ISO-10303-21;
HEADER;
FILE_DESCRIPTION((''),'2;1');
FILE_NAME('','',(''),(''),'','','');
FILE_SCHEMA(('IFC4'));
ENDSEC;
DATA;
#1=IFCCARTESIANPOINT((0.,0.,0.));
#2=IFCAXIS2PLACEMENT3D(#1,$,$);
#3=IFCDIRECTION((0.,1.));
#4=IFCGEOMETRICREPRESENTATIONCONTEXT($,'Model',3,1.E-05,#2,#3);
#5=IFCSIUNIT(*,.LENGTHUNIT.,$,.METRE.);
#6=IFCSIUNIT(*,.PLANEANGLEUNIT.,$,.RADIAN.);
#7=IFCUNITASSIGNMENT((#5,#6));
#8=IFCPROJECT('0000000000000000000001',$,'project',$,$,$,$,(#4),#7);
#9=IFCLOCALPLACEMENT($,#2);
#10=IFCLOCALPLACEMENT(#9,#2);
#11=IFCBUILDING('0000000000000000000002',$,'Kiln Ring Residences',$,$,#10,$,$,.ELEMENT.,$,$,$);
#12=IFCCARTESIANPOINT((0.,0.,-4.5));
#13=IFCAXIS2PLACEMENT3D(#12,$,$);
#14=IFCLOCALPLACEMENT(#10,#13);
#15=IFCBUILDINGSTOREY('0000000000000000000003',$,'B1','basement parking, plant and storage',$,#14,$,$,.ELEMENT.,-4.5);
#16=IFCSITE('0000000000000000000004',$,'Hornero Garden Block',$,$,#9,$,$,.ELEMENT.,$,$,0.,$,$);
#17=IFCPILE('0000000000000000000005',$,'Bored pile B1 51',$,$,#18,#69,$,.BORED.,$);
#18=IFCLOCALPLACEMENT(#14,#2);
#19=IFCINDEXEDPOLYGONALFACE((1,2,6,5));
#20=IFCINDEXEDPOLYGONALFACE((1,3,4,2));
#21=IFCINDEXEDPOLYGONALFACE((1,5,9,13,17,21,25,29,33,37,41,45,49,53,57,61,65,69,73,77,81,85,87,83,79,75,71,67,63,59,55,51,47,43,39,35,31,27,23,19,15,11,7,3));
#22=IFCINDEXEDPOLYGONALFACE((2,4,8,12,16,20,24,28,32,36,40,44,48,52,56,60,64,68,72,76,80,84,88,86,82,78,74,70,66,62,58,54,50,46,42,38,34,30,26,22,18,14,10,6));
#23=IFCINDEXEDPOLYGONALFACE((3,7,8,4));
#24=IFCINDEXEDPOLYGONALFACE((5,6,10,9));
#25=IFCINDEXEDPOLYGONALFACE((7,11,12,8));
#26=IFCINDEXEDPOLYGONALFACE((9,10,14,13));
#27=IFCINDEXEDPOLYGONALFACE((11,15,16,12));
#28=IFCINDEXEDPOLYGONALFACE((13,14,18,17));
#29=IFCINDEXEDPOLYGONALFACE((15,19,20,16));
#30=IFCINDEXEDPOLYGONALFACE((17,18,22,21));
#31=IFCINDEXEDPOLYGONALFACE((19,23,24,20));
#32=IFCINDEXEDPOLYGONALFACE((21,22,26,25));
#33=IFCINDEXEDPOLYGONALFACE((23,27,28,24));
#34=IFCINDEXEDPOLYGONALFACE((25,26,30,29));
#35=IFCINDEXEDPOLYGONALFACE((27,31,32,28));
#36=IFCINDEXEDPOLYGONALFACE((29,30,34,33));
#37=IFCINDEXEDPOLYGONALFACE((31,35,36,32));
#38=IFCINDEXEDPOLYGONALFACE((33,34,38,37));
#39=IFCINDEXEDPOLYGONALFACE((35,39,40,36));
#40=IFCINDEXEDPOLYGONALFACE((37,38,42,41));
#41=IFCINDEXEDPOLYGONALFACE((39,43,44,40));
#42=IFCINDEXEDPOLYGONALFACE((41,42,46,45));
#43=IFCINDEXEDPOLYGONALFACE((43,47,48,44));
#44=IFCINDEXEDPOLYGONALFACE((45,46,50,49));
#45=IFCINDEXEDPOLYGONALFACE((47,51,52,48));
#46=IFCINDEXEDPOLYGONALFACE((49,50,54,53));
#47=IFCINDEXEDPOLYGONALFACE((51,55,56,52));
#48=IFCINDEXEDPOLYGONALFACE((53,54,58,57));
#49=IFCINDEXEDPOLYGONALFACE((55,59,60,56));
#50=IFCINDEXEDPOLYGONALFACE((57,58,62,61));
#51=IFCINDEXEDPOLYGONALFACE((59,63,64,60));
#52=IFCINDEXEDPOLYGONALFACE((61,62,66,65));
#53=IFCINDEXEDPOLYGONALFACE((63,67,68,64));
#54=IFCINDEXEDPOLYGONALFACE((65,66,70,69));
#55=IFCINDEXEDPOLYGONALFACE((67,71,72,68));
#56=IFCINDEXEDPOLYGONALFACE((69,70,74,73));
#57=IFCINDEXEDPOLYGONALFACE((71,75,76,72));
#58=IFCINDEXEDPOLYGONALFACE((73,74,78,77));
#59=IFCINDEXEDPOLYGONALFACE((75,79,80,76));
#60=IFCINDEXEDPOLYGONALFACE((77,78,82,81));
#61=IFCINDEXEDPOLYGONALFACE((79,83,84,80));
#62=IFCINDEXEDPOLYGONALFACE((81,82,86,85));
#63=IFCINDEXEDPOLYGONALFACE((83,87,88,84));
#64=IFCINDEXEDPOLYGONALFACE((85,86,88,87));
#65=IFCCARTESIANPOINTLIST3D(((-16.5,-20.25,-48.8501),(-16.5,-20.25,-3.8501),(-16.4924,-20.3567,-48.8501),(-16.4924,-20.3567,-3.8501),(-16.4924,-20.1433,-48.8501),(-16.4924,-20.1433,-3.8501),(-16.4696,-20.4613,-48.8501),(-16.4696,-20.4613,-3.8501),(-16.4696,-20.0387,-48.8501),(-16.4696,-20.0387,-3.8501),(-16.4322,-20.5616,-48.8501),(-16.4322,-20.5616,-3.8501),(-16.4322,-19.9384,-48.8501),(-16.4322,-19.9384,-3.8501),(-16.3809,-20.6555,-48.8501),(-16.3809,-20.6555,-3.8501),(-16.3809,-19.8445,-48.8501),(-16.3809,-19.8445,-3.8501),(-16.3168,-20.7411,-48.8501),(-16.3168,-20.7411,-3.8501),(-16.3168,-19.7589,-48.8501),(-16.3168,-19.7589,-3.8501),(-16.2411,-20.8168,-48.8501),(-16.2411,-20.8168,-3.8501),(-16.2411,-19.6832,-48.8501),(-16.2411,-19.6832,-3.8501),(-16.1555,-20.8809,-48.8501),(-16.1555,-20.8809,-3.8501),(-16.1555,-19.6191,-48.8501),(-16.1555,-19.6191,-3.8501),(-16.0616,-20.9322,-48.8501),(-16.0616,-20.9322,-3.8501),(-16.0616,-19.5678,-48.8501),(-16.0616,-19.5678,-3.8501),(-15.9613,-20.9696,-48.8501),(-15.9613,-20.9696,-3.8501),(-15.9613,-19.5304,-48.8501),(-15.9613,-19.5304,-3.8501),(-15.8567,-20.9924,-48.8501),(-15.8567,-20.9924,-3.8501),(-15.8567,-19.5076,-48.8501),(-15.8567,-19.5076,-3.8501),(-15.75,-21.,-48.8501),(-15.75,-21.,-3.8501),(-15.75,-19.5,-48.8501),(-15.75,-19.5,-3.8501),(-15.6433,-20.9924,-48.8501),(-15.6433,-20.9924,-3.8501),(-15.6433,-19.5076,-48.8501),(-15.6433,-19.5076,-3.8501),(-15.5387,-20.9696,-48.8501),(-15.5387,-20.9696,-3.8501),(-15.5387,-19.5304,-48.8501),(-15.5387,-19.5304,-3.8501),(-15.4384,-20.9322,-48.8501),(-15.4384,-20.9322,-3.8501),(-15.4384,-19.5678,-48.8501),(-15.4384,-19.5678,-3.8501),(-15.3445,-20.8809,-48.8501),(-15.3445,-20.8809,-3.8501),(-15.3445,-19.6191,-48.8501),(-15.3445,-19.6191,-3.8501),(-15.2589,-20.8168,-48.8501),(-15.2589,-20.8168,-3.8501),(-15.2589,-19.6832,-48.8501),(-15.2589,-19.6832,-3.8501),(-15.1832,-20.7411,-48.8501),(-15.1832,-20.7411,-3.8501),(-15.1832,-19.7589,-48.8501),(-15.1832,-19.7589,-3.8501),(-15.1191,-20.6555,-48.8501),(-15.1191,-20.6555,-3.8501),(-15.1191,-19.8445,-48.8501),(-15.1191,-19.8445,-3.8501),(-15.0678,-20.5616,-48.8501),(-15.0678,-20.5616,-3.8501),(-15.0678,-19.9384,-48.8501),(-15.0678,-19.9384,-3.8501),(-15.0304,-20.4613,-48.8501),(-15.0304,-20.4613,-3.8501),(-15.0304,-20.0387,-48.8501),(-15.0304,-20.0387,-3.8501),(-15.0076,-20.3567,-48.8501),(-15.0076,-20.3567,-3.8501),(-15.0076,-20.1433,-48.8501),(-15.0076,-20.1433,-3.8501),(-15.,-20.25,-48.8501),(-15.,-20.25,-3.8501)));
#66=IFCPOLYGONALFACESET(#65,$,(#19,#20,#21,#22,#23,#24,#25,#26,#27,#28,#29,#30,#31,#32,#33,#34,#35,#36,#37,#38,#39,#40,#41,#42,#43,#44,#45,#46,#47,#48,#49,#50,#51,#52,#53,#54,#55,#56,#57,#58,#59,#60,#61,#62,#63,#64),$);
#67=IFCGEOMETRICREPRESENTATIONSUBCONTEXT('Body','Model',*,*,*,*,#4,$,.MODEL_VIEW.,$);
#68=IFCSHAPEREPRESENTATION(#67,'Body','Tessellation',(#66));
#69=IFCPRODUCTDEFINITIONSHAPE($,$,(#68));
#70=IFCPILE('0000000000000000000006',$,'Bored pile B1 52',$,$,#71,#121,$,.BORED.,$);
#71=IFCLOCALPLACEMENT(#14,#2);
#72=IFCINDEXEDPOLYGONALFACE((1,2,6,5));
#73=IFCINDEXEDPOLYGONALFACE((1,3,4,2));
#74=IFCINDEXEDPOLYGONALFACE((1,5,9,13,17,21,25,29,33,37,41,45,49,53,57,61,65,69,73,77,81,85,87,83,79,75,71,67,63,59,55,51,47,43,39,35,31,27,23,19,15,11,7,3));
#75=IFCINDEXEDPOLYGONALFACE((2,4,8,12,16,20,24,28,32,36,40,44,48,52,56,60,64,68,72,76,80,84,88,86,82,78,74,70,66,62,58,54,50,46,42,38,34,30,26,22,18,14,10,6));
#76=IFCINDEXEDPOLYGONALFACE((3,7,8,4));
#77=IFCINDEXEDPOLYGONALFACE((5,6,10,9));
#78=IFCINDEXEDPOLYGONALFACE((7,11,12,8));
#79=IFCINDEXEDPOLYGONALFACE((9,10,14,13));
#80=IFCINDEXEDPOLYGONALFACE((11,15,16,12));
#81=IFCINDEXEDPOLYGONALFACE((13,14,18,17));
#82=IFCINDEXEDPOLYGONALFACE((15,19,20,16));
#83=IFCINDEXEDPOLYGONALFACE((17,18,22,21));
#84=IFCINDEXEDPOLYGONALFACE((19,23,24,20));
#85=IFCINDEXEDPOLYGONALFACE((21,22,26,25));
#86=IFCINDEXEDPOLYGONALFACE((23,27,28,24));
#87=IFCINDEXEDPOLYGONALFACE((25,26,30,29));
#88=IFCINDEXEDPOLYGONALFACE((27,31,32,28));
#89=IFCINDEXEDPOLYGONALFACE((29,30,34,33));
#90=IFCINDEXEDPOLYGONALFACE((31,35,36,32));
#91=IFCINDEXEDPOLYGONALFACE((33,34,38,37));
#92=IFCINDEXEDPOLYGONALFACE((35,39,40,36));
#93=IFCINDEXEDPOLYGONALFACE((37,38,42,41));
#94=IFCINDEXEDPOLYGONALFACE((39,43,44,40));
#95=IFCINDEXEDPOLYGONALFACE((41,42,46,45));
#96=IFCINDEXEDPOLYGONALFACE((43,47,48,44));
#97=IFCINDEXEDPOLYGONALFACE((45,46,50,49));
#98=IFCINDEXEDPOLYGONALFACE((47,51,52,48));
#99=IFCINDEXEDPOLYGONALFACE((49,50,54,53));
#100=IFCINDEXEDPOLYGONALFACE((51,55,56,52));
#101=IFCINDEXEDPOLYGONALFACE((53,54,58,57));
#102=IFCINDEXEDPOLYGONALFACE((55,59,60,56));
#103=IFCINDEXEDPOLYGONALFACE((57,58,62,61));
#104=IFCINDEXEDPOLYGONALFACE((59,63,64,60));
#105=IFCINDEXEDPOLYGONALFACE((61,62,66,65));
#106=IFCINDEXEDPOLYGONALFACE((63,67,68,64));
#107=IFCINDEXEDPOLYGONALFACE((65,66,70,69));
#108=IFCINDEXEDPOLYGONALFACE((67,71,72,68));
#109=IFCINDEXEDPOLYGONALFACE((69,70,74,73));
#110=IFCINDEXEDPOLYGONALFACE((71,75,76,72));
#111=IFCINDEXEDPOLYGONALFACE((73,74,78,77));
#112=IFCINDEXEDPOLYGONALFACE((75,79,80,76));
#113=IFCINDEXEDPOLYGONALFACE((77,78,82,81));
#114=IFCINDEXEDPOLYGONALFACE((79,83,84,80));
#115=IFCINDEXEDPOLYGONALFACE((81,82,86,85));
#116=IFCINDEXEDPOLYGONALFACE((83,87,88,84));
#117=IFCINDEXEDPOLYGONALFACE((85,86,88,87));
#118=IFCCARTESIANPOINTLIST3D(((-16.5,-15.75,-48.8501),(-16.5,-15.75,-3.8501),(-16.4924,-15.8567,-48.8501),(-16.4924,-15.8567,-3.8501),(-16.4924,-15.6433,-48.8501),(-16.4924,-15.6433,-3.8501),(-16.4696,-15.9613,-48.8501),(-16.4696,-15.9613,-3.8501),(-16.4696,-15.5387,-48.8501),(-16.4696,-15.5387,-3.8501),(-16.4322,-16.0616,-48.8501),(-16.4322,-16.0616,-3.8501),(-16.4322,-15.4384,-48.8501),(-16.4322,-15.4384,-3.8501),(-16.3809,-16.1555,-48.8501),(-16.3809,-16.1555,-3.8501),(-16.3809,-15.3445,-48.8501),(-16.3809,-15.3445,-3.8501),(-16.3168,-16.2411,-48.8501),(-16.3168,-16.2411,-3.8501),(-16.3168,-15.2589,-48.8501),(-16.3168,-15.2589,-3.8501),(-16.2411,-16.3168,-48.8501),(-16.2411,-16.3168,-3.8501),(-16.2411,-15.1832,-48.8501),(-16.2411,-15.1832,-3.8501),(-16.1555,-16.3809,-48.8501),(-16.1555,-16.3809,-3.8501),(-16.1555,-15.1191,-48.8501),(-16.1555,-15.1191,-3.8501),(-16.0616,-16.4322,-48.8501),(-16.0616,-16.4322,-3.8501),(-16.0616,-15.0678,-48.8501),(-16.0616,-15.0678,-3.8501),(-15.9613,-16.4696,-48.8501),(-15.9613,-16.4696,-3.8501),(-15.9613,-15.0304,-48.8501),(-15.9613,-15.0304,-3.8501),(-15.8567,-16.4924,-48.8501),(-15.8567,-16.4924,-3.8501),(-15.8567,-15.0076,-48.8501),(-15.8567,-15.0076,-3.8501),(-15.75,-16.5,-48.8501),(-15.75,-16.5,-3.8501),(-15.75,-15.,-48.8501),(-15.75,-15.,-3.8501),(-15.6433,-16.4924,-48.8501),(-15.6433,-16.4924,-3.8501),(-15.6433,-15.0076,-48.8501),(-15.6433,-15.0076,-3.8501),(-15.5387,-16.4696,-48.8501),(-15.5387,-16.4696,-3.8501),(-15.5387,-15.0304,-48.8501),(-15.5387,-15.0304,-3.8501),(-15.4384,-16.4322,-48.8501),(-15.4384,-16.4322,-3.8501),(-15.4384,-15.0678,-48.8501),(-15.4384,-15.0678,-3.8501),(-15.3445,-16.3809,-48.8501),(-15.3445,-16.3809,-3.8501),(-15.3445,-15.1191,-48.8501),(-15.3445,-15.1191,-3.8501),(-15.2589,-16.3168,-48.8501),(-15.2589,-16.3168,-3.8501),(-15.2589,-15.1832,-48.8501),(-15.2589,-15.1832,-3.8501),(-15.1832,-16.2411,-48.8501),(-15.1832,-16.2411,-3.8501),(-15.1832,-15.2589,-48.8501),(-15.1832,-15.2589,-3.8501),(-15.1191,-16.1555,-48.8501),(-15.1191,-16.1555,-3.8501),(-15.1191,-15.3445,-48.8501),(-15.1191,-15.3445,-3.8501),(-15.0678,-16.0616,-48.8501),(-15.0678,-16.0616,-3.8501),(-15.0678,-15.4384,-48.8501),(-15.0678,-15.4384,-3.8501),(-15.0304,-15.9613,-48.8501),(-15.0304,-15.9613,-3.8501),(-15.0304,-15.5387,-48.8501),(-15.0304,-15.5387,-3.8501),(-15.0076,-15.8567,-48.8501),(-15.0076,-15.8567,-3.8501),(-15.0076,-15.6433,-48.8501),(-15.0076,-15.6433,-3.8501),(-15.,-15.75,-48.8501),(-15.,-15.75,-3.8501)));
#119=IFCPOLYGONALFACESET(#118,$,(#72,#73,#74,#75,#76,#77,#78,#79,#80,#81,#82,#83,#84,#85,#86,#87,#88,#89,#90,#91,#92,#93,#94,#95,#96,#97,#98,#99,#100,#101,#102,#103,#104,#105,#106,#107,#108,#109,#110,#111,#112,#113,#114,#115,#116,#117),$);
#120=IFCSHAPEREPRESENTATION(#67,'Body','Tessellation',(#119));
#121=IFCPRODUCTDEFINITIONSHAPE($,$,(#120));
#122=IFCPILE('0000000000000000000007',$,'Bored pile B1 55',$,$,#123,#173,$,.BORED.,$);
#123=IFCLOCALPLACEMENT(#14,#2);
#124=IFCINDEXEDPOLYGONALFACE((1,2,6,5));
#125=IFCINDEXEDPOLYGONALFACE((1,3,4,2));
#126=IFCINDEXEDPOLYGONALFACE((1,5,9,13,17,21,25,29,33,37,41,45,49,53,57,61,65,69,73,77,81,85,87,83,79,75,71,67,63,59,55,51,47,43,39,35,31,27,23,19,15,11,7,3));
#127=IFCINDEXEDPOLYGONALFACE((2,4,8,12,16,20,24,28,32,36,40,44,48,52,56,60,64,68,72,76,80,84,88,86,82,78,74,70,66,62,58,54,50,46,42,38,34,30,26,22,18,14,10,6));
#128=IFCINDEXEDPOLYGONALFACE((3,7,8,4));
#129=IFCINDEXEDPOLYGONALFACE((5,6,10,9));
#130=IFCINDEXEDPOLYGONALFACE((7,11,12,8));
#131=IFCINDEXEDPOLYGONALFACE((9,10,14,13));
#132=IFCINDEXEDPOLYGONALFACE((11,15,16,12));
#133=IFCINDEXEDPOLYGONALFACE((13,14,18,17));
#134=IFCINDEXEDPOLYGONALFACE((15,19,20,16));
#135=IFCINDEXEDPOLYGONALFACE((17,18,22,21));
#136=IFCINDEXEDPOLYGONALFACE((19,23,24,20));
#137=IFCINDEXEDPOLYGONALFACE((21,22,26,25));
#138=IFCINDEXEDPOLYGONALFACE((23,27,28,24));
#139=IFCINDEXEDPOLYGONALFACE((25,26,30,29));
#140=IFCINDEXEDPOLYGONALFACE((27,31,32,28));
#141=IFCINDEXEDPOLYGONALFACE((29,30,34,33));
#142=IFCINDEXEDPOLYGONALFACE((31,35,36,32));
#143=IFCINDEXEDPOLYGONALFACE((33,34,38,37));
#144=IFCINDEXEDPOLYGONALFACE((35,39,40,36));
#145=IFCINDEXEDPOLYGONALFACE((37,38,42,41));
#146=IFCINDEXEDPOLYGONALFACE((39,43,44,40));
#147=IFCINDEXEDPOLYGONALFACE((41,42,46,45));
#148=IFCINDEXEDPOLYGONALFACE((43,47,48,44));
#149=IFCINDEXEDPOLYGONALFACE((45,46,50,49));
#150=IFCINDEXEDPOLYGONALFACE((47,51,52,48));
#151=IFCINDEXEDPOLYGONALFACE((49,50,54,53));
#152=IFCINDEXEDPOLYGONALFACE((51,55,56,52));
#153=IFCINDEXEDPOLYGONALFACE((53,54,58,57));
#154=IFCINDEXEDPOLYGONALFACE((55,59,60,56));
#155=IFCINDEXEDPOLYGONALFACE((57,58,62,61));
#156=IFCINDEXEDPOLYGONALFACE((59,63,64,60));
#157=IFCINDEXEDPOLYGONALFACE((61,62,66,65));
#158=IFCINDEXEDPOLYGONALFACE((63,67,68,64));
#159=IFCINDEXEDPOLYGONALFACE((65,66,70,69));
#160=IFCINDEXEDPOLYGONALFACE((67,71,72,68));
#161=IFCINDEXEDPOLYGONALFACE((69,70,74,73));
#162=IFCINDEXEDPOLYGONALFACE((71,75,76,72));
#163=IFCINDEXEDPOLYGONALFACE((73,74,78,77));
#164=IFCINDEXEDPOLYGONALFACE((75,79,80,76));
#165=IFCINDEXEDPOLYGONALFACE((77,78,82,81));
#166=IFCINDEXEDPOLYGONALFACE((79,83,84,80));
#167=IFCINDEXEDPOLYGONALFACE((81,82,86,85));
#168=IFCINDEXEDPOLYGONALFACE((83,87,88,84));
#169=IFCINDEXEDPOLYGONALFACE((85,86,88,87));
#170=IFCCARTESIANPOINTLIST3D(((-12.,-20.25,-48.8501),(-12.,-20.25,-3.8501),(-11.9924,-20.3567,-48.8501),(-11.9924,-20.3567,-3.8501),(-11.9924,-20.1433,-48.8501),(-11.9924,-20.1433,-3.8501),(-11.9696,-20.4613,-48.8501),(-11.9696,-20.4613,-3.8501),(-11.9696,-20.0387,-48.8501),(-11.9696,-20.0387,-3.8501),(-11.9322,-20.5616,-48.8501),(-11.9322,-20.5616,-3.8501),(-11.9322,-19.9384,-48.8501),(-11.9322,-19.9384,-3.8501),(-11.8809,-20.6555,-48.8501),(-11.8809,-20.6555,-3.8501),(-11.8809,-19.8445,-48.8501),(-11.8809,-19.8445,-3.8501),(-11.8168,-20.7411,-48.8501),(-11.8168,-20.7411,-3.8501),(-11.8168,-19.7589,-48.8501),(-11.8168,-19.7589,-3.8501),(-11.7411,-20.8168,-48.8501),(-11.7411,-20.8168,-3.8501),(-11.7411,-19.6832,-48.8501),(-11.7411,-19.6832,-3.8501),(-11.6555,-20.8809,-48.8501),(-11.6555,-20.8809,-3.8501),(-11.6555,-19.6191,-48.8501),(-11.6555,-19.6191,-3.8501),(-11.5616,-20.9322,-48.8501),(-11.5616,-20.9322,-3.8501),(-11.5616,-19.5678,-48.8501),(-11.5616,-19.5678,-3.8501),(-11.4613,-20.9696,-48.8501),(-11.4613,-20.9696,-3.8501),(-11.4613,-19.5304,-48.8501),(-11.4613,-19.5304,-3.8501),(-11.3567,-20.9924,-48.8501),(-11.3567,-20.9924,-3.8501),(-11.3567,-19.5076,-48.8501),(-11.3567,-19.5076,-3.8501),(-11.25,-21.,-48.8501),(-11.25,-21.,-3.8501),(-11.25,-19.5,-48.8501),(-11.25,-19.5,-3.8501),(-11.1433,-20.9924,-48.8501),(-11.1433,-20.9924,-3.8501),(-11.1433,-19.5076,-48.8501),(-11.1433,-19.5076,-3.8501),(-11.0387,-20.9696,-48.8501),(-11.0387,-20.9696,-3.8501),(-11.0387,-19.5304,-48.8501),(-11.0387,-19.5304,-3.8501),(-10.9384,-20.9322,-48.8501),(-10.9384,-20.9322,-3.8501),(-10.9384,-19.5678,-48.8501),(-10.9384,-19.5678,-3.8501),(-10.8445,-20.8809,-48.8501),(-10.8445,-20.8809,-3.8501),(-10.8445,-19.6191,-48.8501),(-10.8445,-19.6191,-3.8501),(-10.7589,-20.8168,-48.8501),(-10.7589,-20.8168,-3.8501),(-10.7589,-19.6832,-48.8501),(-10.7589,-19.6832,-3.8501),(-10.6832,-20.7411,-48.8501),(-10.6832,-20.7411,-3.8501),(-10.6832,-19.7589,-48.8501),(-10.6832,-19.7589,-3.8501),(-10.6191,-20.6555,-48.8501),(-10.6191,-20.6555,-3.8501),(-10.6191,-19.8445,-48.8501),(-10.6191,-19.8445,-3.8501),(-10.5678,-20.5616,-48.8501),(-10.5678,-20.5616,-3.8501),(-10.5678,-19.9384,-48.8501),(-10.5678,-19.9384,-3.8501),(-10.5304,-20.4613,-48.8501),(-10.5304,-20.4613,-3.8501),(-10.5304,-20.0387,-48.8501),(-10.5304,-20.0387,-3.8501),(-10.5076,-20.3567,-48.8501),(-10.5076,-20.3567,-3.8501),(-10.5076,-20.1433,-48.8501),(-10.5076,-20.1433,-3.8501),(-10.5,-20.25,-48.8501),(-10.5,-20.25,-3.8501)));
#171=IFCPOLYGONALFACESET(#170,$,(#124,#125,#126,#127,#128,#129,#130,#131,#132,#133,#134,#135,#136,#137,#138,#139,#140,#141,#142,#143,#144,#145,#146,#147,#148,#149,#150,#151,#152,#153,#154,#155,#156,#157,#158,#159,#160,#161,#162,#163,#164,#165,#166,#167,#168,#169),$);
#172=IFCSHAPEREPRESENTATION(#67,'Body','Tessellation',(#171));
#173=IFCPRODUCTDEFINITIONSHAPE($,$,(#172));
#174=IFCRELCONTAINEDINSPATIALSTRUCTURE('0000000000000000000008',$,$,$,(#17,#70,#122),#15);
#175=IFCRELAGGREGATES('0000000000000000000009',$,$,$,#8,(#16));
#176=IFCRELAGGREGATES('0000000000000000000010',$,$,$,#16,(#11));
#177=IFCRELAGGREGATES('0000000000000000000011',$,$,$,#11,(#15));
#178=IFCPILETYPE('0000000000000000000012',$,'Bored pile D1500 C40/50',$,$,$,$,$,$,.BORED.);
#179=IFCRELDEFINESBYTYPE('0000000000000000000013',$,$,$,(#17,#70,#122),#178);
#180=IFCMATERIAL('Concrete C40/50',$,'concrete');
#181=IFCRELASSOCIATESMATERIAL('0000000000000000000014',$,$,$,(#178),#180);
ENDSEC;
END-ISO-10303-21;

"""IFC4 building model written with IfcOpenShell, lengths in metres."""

from ifc_helpers import new_model, si_unit, direction, frame, origin, origin_2d, place, context, subcontext, project, spatial, circle, extrude, material, material_profile, profile_set, type_object, element, save


model = new_model("IFC4")

# Units and contexts
model_context = context("Model", 3, precision=1e-05, world=origin(), true_north=direction((0.0, 1.0)))
body_context = subcontext(model_context, "Body", "Model", "MODEL_VIEW")
ifc_project = project(units=[si_unit("LENGTHUNIT", "METRE"), si_unit("PLANEANGLEUNIT", "RADIAN")], contexts=[model_context])

# Site, building, storey
site_placement = place(None, origin())
site = spatial("IfcSite", under=ifc_project, at=site_placement, Name="Hornero Garden Block", CompositionType="ELEMENT", RefElevation=0.0)
building_placement = place(site_placement, origin())
building = spatial("IfcBuilding", under=site, at=building_placement, Name="Kiln Ring Residences", CompositionType="ELEMENT")
storey_placement = place(building_placement, frame((0.0, 0.0, -4.5)))
storey = spatial("IfcBuildingStorey", under=building, at=storey_placement, Name="B1", Description="basement parking, plant and storage", CompositionType="ELEMENT", Elevation=-4.5)

# Piles
ifc_material_1 = material(Name="Concrete C40/50", Category="concrete")
ifc_material_profile_1 = material_profile(ifc_material_1, circle(Radius=0.75, at=origin_2d()), Name="BORED1500")
ifc_profile_set_1 = profile_set([ifc_material_profile_1], Name="Concrete C40/50")
pile_type_1 = type_object("IfcPileType", Name="Bored pile D1500 C40/50", PredefinedType="BORED", material=ifc_profile_set_1)
for number, where, z_axis, x_axis, name in (
    (1, (-15.75, -20.25, -3.8501), (0.0, 0.0, -1.0), (1.0, 0.0, 0.0), "Bored pile B1 51"),
    (2, (-15.75, -15.75, -3.8501), (0.0, 0.0, -1.0), (1.0, 0.0, 0.0), "Bored pile B1 52"),
    (3, (-11.25, -20.25, -3.8501), (0.0, 0.0, -1.0), (1.0, 0.0, 0.0), "Bored pile B1 55"),
):
    element("IfcPile", number, at=place(storey_placement, frame(where, z_axis=z_axis, x_axis=x_axis)), inside=storey, type_object=pile_type_1, Name=name, PredefinedType="BORED", context=body_context, shape_type="SweptSolid", body=[
        extrude(circle(Radius=0.75, at=origin_2d()), origin(), (0.0, 0.0, 1.0), 45.0),
    ])

save(model, "model.ifc")
